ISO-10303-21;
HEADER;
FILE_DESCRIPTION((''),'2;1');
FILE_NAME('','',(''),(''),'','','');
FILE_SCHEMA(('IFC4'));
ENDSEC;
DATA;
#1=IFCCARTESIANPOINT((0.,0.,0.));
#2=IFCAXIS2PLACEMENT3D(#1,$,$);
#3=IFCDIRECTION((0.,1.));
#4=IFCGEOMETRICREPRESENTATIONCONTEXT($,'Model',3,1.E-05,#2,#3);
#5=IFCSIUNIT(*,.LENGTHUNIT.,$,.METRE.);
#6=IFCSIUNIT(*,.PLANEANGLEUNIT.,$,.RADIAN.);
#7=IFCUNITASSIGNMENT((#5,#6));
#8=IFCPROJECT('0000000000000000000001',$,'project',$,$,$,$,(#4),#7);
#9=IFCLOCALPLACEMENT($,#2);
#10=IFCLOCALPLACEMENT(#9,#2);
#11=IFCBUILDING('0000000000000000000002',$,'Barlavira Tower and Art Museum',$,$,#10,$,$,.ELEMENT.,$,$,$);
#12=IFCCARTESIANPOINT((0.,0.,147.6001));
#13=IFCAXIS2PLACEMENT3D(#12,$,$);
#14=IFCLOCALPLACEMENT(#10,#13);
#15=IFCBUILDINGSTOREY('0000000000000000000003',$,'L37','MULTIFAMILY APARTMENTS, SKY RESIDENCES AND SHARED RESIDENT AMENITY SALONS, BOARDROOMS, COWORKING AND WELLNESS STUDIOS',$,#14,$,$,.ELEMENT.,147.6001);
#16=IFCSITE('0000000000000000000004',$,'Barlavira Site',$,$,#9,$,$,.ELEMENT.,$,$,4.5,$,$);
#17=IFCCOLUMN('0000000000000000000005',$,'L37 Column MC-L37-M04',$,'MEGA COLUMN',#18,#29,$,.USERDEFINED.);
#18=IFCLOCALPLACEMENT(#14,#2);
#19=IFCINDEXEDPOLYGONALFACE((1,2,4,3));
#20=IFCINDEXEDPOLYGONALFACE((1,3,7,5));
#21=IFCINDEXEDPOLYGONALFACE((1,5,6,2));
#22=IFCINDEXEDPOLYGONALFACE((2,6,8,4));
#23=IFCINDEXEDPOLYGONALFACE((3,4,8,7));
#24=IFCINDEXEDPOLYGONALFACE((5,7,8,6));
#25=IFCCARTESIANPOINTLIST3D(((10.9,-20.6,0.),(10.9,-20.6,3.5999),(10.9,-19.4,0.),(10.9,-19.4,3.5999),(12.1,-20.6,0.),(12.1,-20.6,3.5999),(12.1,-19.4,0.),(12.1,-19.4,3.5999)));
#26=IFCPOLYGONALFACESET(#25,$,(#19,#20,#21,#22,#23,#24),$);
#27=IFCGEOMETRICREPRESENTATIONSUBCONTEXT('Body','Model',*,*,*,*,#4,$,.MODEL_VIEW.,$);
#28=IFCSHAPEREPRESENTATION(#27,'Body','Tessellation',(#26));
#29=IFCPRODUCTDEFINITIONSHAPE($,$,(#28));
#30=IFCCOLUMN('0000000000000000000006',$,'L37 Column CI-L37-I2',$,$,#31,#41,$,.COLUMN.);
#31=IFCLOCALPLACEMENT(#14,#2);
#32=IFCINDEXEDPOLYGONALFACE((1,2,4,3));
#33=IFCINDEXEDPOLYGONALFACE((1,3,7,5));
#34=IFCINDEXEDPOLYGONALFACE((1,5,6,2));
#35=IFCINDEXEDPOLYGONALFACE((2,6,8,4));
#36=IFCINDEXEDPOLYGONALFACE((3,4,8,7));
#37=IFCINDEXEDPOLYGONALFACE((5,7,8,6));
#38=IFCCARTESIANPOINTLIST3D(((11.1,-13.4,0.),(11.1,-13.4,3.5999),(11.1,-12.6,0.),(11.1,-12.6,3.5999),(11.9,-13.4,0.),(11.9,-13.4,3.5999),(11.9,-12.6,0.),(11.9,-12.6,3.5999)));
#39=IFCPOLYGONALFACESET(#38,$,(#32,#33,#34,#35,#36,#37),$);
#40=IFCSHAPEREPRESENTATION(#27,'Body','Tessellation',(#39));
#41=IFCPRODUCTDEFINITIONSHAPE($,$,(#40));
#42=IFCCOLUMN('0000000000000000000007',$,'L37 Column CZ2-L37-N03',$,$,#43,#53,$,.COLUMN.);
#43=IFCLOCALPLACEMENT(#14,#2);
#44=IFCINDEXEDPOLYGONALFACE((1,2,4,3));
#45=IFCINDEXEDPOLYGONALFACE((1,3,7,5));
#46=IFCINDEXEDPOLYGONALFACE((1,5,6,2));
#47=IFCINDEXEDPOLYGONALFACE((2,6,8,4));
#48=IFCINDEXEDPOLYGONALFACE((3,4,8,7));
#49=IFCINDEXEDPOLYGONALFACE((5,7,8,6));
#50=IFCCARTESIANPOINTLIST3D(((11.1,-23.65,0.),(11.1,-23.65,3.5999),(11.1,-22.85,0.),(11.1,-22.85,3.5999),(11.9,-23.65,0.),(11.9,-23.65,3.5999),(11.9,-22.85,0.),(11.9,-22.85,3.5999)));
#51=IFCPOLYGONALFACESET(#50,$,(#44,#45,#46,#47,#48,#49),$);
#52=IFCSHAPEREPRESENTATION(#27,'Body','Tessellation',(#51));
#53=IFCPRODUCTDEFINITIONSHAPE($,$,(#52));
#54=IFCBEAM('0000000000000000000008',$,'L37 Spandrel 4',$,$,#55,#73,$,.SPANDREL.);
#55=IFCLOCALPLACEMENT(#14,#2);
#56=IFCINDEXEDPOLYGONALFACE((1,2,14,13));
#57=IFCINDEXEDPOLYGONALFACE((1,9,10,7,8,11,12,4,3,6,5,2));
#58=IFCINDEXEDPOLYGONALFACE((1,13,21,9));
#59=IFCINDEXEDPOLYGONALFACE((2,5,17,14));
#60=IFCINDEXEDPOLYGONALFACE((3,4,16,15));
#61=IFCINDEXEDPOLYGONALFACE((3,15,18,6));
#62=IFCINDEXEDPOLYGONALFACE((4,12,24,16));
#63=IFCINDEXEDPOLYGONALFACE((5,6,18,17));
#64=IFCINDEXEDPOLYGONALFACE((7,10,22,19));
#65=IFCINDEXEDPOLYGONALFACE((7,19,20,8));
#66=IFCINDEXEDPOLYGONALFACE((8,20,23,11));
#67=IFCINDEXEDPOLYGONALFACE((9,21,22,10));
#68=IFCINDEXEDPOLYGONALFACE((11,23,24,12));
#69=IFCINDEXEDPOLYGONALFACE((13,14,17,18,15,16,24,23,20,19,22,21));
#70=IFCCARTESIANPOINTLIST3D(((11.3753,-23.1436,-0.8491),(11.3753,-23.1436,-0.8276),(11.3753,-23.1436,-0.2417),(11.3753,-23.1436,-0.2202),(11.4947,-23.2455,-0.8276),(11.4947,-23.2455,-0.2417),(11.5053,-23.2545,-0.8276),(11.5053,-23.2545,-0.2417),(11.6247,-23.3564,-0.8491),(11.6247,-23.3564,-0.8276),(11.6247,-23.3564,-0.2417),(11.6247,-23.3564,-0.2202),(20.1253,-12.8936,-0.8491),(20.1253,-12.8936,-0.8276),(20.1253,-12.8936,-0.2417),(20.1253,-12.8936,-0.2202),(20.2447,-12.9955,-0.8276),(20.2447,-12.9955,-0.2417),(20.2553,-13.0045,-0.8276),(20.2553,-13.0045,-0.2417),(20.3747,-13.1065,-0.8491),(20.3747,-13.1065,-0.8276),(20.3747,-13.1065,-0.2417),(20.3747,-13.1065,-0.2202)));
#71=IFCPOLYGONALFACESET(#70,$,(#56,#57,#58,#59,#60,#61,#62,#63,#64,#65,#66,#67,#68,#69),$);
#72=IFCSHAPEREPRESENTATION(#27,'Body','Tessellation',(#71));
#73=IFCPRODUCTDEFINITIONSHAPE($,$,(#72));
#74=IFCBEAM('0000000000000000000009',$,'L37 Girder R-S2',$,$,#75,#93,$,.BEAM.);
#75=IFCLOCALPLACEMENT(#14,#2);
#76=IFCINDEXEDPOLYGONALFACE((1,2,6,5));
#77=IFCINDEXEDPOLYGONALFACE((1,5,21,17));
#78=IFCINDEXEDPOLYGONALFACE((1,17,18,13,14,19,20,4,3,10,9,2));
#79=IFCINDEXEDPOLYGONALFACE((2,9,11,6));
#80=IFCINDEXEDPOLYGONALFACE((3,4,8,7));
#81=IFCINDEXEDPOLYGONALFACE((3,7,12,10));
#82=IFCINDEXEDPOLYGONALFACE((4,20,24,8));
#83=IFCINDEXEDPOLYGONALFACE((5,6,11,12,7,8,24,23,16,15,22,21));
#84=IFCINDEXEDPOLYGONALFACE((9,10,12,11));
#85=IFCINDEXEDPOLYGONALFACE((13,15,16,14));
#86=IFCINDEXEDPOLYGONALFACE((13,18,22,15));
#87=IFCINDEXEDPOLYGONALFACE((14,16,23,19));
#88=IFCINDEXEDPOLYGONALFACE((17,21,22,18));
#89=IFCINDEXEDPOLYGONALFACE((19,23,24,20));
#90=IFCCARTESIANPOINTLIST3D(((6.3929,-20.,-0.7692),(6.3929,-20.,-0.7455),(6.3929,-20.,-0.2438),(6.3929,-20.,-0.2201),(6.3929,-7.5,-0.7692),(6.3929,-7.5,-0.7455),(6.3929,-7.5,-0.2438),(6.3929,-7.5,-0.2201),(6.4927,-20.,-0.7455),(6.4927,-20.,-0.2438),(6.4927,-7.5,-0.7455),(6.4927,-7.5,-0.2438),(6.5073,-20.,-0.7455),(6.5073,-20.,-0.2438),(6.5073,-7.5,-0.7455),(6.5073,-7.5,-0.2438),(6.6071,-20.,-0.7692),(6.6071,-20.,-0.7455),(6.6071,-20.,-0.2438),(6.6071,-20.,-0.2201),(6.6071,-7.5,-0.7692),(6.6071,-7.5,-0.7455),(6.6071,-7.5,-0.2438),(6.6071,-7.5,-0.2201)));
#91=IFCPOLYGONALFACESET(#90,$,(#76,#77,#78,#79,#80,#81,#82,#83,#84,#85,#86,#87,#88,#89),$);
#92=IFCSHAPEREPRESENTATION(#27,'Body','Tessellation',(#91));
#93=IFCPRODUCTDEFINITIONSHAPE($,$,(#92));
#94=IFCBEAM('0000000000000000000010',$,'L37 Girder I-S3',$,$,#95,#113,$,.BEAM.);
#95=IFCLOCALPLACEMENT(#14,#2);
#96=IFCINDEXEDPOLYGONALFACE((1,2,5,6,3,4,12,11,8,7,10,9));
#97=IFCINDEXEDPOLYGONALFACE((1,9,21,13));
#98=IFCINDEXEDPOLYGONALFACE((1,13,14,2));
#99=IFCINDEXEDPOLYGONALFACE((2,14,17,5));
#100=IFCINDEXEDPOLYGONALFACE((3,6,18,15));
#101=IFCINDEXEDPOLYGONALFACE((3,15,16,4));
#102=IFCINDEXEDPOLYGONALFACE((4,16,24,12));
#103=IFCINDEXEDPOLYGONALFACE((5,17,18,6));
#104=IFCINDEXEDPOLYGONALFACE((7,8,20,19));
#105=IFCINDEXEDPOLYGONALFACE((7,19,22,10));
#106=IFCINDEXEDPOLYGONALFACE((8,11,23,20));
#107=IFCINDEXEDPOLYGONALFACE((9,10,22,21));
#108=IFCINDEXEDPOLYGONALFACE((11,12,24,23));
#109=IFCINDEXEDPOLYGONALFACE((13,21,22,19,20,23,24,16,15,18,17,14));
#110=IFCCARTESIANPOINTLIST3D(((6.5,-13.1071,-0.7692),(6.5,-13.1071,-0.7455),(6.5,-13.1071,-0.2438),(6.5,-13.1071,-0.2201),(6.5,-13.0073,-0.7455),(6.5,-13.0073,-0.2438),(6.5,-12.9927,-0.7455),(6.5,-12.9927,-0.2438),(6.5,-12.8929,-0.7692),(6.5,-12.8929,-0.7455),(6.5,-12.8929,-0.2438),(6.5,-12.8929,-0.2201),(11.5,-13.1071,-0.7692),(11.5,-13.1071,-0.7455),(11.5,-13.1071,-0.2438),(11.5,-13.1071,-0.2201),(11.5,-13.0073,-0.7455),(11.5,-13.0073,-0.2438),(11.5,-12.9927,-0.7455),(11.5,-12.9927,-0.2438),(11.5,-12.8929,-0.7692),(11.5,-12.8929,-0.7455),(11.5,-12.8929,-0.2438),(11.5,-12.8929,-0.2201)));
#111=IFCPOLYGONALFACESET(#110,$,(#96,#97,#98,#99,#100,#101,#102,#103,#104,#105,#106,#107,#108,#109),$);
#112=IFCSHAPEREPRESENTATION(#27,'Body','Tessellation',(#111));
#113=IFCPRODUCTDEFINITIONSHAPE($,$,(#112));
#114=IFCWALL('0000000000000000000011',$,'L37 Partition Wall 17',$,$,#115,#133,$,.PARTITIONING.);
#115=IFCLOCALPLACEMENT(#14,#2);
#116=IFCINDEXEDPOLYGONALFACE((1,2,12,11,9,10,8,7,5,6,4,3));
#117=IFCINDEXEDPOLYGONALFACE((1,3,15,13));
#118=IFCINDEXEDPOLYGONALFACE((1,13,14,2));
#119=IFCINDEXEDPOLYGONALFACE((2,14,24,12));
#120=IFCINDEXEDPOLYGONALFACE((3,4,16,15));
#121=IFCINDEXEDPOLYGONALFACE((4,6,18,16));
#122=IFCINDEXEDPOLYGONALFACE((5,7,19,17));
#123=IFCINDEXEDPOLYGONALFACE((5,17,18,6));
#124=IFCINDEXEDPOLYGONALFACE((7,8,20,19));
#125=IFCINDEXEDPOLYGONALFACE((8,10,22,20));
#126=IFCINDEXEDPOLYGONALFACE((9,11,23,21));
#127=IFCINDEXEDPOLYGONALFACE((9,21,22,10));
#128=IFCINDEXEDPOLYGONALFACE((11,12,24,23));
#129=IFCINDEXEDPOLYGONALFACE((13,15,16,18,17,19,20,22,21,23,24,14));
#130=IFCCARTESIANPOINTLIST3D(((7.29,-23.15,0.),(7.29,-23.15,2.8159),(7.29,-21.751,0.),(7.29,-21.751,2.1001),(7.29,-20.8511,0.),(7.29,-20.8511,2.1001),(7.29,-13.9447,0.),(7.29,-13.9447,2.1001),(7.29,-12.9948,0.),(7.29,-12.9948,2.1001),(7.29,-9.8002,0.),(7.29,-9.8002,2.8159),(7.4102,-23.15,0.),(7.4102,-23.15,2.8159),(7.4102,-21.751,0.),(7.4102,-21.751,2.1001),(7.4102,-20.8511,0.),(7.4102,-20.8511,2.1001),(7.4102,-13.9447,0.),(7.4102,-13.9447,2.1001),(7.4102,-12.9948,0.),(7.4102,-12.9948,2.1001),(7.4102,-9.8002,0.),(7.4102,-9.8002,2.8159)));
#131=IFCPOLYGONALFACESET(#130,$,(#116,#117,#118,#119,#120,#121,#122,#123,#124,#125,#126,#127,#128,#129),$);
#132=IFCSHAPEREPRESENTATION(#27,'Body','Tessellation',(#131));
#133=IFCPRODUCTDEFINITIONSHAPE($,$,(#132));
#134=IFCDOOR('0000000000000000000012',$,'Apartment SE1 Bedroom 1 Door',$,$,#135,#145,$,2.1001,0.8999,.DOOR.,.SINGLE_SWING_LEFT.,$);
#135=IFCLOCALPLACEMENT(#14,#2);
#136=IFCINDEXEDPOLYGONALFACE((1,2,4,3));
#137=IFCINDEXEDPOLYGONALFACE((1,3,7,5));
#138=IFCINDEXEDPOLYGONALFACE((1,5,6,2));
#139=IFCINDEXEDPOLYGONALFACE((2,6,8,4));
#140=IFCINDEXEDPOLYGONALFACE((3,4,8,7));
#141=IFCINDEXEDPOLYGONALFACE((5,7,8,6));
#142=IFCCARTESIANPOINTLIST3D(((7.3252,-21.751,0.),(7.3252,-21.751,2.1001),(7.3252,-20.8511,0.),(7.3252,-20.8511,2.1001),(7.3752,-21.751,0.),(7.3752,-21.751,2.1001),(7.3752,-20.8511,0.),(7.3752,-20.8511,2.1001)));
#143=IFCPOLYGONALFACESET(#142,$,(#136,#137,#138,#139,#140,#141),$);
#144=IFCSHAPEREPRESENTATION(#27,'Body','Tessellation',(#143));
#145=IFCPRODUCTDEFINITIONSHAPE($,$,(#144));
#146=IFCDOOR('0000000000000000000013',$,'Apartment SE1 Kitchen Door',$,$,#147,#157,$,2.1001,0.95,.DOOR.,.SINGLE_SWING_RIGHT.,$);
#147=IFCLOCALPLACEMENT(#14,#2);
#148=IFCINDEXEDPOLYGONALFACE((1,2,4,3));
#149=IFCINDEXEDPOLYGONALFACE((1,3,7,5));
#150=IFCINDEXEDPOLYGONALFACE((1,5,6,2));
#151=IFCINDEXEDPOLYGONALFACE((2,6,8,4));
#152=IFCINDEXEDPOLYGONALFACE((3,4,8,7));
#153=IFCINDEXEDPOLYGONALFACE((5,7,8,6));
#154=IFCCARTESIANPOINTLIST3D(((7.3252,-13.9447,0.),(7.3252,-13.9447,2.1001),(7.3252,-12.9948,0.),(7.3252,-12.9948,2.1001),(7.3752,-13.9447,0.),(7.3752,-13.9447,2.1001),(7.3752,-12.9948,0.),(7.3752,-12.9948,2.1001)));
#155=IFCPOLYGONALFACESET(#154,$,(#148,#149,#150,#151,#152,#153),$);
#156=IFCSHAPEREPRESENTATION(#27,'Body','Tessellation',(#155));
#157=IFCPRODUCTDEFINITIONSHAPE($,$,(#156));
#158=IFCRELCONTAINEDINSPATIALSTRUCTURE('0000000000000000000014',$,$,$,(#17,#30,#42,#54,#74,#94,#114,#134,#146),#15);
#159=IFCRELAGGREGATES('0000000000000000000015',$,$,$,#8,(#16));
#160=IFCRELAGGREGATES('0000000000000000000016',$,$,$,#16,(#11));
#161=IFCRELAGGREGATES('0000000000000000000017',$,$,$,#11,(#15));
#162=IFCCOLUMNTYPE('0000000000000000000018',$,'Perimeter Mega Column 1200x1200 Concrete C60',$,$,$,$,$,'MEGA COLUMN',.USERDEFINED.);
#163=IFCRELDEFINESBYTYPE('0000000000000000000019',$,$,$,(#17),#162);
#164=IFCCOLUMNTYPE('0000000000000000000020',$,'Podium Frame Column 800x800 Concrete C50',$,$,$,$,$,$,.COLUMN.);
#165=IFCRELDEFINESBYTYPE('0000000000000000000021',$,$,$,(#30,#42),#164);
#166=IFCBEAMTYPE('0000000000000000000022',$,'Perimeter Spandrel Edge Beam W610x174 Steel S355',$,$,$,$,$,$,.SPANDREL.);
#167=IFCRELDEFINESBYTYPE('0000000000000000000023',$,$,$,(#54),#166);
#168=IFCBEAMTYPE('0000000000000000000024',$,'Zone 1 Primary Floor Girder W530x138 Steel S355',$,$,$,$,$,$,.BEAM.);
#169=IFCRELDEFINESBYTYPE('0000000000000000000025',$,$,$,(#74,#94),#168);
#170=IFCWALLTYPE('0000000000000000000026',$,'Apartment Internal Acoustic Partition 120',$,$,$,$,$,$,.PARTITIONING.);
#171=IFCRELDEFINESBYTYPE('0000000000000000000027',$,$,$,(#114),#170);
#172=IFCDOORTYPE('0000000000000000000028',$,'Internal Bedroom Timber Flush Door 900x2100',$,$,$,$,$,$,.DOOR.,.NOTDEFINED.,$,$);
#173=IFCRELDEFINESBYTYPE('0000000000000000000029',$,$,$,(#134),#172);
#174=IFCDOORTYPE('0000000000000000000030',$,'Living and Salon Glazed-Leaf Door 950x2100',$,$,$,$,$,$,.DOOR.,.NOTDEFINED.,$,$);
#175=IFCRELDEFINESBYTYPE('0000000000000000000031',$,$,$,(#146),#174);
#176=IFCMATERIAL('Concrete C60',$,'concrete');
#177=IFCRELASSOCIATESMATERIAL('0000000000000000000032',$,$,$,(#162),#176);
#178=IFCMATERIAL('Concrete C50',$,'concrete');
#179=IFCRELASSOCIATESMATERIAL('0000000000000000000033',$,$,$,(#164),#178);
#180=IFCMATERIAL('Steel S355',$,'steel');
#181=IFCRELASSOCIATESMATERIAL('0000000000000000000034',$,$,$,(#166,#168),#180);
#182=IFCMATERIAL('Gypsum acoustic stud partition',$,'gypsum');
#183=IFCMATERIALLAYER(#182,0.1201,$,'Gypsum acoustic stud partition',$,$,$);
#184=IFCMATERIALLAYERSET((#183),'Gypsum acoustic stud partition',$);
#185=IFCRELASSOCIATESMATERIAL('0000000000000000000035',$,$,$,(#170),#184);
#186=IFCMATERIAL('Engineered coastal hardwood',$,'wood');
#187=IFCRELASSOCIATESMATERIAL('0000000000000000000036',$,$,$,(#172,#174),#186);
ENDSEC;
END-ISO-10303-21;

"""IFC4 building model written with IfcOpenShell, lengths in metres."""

from ifc_helpers import new_model, si_unit, direction, frame, frame_2d, origin, origin_2d, place, context, subcontext, project, spatial, rectangle, i_section, extrude, material, layer, layer_set, material_profile, profile_set, type_object, element, fill, save


model = new_model("IFC4")

# Units and contexts
model_context = context("Model", 3, precision=1e-05, world=origin(), true_north=direction((0.0, 1.0)))
body_context = subcontext(model_context, "Body", "Model", "MODEL_VIEW")
ifc_project = project(units=[si_unit("LENGTHUNIT", "METRE"), si_unit("PLANEANGLEUNIT", "RADIAN")], contexts=[model_context])

# Site, building, storey
site_placement = place(None, origin())
site = spatial("IfcSite", under=ifc_project, at=site_placement, Name="Barlavira Site", CompositionType="ELEMENT", RefElevation=4.5)
building_placement = place(site_placement, origin())
building = spatial("IfcBuilding", under=site, at=building_placement, Name="Barlavira Tower and Art Museum", CompositionType="ELEMENT")
storey_placement = place(building_placement, frame((0.0, 0.0, 147.6001)))
storey = spatial("IfcBuildingStorey", under=building, at=storey_placement, Name="L37", Description="MULTIFAMILY APARTMENTS, SKY RESIDENCES AND SHARED RESIDENT AMENITY SALONS, BOARDROOMS, COWORKING AND WELLNESS STUDIOS", CompositionType="ELEMENT", Elevation=147.6001)

# Columns
ifc_material_1 = material(Name="Concrete C60", Category="concrete")
ifc_material_profile_1 = material_profile(ifc_material_1, rectangle(XDim=1.2, YDim=1.2, at=origin_2d()), Name="RC-COL 1200x1200")
ifc_profile_set_1 = profile_set([ifc_material_profile_1], Name="Concrete C60")
column_type_1 = type_object("IfcColumnType", Name="Perimeter Mega Column 1200x1200 Concrete C60", ElementType="MEGA COLUMN", PredefinedType="USERDEFINED", material=ifc_profile_set_1)
column_placement = place(storey_placement, frame((11.5, -20.0, 0.0), z_axis=(0.0, 0.0, 1.0), x_axis=(1.0, 0.0, 0.0)))
element("IfcColumn", 1, at=column_placement, inside=storey, type_object=column_type_1, Name="L37 Column MC-L37-M04", ObjectType="MEGA COLUMN", PredefinedType="USERDEFINED", context=body_context, shape_type="SweptSolid", body=[
    extrude(rectangle(XDim=1.2, YDim=1.2, at=origin_2d()), origin(), (0.0, 0.0, 1.0), 3.5999),
])
ifc_material_2 = material(Name="Concrete C50", Category="concrete")
ifc_material_profile_2 = material_profile(ifc_material_2, rectangle(XDim=0.8, YDim=0.8, at=origin_2d()), Name="RC-COL 800x800")
ifc_profile_set_2 = profile_set([ifc_material_profile_2], Name="Concrete C50")
column_type_2 = type_object("IfcColumnType", Name="Podium Frame Column 800x800 Concrete C50", PredefinedType="COLUMN", material=ifc_profile_set_2)
for number, where, z_axis, x_axis, name in (
    (2, (11.5, -13.0, 0.0), (0.0, 0.0, 1.0), (1.0, 0.0, 0.0), "L37 Column CI-L37-I2"),
    (3, (11.5, -23.25, 0.0), (0.0, 0.0, 1.0), (1.0, 0.0, 0.0), "L37 Column CZ2-L37-N03"),
):
    element("IfcColumn", number, at=place(storey_placement, frame(where, z_axis=z_axis, x_axis=x_axis)), inside=storey, type_object=column_type_2, Name=name, PredefinedType="COLUMN", context=body_context, shape_type="SweptSolid", body=[
        extrude(rectangle(XDim=0.8, YDim=0.8, at=origin_2d()), origin(), (0.0, 0.0, 1.0), 3.5999),
    ])

# Beams
ifc_material_3 = material(Name="Steel S355", Category="steel")
ifc_material_profile_3 = material_profile(ifc_material_3, i_section(OverallWidth=0.3279, OverallDepth=0.6289, WebThickness=0.0139, FlangeThickness=0.0215, at=origin_2d()), Name="W610x174.0")
ifc_profile_set_3 = profile_set([ifc_material_profile_3], Name="Steel S355")
beam_type_1 = type_object("IfcBeamType", Name="Perimeter Spandrel Edge Beam W610x174 Steel S355", PredefinedType="SPANDREL", material=ifc_profile_set_3)
beam_1_placement = place(storey_placement, frame((11.5, -23.25, -0.5347), z_axis=(0.649262, 0.760565, 0.0), x_axis=(-0.760565, 0.649262, 0.0)))
element("IfcBeam", 4, at=beam_1_placement, inside=storey, type_object=beam_type_1, Name="L37 Spandrel 4", PredefinedType="SPANDREL", context=body_context, shape_type="SweptSolid", body=[
    extrude(i_section(OverallWidth=0.3279, OverallDepth=0.6289, WebThickness=0.0139, FlangeThickness=0.0215, at=origin_2d()), origin(), (0.0, 0.0, 1.0), 13.4768),
])
ifc_material_profile_4 = material_profile(ifc_material_3, i_section(OverallWidth=0.2141, OverallDepth=0.5491, WebThickness=0.0146, FlangeThickness=0.0237, at=origin_2d()), Name="W530x138.0")
ifc_profile_set_4 = profile_set([ifc_material_profile_4], Name="Steel S355")
beam_type_2 = type_object("IfcBeamType", Name="Zone 1 Primary Floor Girder W530x138 Steel S355", PredefinedType="BEAM", material=ifc_profile_set_4)
beam_2_placement = place(storey_placement, frame((6.5, -20.0, -0.4946), z_axis=(0.0, 1.0, 0.0), x_axis=(-1.0, 0.0, 0.0)))
element("IfcBeam", 5, at=beam_2_placement, inside=storey, type_object=beam_type_2, Name="L37 Girder R-S2", PredefinedType="BEAM", context=body_context, shape_type="SweptSolid", body=[
    extrude(i_section(OverallWidth=0.2141, OverallDepth=0.5491, WebThickness=0.0146, FlangeThickness=0.0237, at=origin_2d()), origin(), (0.0, 0.0, 1.0), 12.5),
])
beam_3_placement = place(storey_placement, frame((6.5, -13.0, -0.4946), z_axis=(1.0, 0.0, 0.0), x_axis=(0.0, 1.0, 0.0)))
element("IfcBeam", 6, at=beam_3_placement, inside=storey, type_object=beam_type_2, Name="L37 Girder I-S3", PredefinedType="BEAM", context=body_context, shape_type="SweptSolid", body=[
    extrude(i_section(OverallWidth=0.2141, OverallDepth=0.5491, WebThickness=0.0146, FlangeThickness=0.0237, at=origin_2d()), origin(), (0.0, 0.0, 1.0), 5.0),
])

# Wall, openings, doors
ifc_material_4 = material(Name="Gypsum acoustic stud partition", Category="gypsum")
ifc_layer_1 = layer(ifc_material_4, 0.1201, Name="Gypsum acoustic stud partition")
ifc_layer_set_1 = layer_set([ifc_layer_1], Name="Gypsum acoustic stud partition")
wall_type_1 = type_object("IfcWallType", Name="Apartment Internal Acoustic Partition 120", PredefinedType="PARTITIONING", material=ifc_layer_set_1)
wall_1_placement = place(storey_placement, frame((7.3501, -23.1499, 0.0), z_axis=(0.0, 0.0, 1.0), x_axis=(0.0, 1.0, 0.0)))
wall_1 = element("IfcWall", 7, at=wall_1_placement, inside=storey, type_object=wall_type_1, Name="L37 Partition Wall 17", PredefinedType="PARTITIONING", context=body_context, shape_type="SweptSolid", body=[
    extrude(rectangle(XDim=13.3499, YDim=0.1201, at=frame_2d((6.6748, 0.0))), origin(), (0.0, 0.0, 1.0), 2.8159),
])
opening_1_placement = place(wall_1_placement, frame((9.2051, 0.0, 0.0)))
opening_1 = element("IfcOpeningElement", 8, at=opening_1_placement, cuts=wall_1, PredefinedType="OPENING", context=body_context, shape_type="SweptSolid", body=[
    extrude(rectangle(XDim=0.95, YDim=2.1001, at=frame_2d((0.4751, 1.05))), frame((0.0, 0.0701, 0.0), z_axis=(0.0, -1.0, 0.0), x_axis=(1.0, 0.0, 0.0)), (0.0, 0.0, 1.0), 0.1401),
])
opening_2_placement = place(wall_1_placement, frame((1.3989, 0.0, 0.0)))
opening_2 = element("IfcOpeningElement", 9, at=opening_2_placement, cuts=wall_1, PredefinedType="OPENING", context=body_context, shape_type="SweptSolid", body=[
    extrude(rectangle(XDim=0.8999, YDim=2.1001, at=frame_2d((0.45, 1.05))), frame((0.0, 0.0701, 0.0), z_axis=(0.0, -1.0, 0.0), x_axis=(1.0, 0.0, 0.0)), (0.0, 0.0, 1.0), 0.1401),
])
ifc_material_5 = material(Name="Engineered coastal hardwood", Category="wood")
door_type_1 = type_object("IfcDoorType", Name="Internal Bedroom Timber Flush Door 900x2100", OperationType="NOTDEFINED", PredefinedType="DOOR", material=ifc_material_5)
door_1_placement = place(opening_2_placement, origin())
door_1 = element("IfcDoor", 10, at=door_1_placement, inside=storey, type_object=door_type_1, Name="Apartment SE1 Bedroom 1 Door", OperationType="SINGLE_SWING_LEFT", OverallHeight=2.1001, OverallWidth=0.8999, PredefinedType="DOOR", context=body_context, shape_type="SweptSolid", body=[
    extrude(rectangle(XDim=0.8999, YDim=2.1001, at=frame_2d((0.45, 1.05))), frame((0.0, 0.0249, 0.0), z_axis=(0.0, -1.0, 0.0), x_axis=(1.0, 0.0, 0.0)), (0.0, 0.0, 1.0), 0.05),
])
fill(opening_2, door_1)
door_type_2 = type_object("IfcDoorType", Name="Living and Salon Glazed-Leaf Door 950x2100", OperationType="NOTDEFINED", PredefinedType="DOOR", material=ifc_material_5)
door_2_placement = place(opening_1_placement, origin())
door_2 = element("IfcDoor", 11, at=door_2_placement, inside=storey, type_object=door_type_2, Name="Apartment SE1 Kitchen Door", OperationType="SINGLE_SWING_RIGHT", OverallHeight=2.1001, OverallWidth=0.95, PredefinedType="DOOR", context=body_context, shape_type="SweptSolid", body=[
    extrude(rectangle(XDim=0.95, YDim=2.1001, at=frame_2d((0.4751, 1.05))), frame((0.0, 0.0249, 0.0), z_axis=(0.0, -1.0, 0.0), x_axis=(1.0, 0.0, 0.0)), (0.0, 0.0, 1.0), 0.05),
])
fill(opening_1, door_2)

save(model, "model.ifc")
